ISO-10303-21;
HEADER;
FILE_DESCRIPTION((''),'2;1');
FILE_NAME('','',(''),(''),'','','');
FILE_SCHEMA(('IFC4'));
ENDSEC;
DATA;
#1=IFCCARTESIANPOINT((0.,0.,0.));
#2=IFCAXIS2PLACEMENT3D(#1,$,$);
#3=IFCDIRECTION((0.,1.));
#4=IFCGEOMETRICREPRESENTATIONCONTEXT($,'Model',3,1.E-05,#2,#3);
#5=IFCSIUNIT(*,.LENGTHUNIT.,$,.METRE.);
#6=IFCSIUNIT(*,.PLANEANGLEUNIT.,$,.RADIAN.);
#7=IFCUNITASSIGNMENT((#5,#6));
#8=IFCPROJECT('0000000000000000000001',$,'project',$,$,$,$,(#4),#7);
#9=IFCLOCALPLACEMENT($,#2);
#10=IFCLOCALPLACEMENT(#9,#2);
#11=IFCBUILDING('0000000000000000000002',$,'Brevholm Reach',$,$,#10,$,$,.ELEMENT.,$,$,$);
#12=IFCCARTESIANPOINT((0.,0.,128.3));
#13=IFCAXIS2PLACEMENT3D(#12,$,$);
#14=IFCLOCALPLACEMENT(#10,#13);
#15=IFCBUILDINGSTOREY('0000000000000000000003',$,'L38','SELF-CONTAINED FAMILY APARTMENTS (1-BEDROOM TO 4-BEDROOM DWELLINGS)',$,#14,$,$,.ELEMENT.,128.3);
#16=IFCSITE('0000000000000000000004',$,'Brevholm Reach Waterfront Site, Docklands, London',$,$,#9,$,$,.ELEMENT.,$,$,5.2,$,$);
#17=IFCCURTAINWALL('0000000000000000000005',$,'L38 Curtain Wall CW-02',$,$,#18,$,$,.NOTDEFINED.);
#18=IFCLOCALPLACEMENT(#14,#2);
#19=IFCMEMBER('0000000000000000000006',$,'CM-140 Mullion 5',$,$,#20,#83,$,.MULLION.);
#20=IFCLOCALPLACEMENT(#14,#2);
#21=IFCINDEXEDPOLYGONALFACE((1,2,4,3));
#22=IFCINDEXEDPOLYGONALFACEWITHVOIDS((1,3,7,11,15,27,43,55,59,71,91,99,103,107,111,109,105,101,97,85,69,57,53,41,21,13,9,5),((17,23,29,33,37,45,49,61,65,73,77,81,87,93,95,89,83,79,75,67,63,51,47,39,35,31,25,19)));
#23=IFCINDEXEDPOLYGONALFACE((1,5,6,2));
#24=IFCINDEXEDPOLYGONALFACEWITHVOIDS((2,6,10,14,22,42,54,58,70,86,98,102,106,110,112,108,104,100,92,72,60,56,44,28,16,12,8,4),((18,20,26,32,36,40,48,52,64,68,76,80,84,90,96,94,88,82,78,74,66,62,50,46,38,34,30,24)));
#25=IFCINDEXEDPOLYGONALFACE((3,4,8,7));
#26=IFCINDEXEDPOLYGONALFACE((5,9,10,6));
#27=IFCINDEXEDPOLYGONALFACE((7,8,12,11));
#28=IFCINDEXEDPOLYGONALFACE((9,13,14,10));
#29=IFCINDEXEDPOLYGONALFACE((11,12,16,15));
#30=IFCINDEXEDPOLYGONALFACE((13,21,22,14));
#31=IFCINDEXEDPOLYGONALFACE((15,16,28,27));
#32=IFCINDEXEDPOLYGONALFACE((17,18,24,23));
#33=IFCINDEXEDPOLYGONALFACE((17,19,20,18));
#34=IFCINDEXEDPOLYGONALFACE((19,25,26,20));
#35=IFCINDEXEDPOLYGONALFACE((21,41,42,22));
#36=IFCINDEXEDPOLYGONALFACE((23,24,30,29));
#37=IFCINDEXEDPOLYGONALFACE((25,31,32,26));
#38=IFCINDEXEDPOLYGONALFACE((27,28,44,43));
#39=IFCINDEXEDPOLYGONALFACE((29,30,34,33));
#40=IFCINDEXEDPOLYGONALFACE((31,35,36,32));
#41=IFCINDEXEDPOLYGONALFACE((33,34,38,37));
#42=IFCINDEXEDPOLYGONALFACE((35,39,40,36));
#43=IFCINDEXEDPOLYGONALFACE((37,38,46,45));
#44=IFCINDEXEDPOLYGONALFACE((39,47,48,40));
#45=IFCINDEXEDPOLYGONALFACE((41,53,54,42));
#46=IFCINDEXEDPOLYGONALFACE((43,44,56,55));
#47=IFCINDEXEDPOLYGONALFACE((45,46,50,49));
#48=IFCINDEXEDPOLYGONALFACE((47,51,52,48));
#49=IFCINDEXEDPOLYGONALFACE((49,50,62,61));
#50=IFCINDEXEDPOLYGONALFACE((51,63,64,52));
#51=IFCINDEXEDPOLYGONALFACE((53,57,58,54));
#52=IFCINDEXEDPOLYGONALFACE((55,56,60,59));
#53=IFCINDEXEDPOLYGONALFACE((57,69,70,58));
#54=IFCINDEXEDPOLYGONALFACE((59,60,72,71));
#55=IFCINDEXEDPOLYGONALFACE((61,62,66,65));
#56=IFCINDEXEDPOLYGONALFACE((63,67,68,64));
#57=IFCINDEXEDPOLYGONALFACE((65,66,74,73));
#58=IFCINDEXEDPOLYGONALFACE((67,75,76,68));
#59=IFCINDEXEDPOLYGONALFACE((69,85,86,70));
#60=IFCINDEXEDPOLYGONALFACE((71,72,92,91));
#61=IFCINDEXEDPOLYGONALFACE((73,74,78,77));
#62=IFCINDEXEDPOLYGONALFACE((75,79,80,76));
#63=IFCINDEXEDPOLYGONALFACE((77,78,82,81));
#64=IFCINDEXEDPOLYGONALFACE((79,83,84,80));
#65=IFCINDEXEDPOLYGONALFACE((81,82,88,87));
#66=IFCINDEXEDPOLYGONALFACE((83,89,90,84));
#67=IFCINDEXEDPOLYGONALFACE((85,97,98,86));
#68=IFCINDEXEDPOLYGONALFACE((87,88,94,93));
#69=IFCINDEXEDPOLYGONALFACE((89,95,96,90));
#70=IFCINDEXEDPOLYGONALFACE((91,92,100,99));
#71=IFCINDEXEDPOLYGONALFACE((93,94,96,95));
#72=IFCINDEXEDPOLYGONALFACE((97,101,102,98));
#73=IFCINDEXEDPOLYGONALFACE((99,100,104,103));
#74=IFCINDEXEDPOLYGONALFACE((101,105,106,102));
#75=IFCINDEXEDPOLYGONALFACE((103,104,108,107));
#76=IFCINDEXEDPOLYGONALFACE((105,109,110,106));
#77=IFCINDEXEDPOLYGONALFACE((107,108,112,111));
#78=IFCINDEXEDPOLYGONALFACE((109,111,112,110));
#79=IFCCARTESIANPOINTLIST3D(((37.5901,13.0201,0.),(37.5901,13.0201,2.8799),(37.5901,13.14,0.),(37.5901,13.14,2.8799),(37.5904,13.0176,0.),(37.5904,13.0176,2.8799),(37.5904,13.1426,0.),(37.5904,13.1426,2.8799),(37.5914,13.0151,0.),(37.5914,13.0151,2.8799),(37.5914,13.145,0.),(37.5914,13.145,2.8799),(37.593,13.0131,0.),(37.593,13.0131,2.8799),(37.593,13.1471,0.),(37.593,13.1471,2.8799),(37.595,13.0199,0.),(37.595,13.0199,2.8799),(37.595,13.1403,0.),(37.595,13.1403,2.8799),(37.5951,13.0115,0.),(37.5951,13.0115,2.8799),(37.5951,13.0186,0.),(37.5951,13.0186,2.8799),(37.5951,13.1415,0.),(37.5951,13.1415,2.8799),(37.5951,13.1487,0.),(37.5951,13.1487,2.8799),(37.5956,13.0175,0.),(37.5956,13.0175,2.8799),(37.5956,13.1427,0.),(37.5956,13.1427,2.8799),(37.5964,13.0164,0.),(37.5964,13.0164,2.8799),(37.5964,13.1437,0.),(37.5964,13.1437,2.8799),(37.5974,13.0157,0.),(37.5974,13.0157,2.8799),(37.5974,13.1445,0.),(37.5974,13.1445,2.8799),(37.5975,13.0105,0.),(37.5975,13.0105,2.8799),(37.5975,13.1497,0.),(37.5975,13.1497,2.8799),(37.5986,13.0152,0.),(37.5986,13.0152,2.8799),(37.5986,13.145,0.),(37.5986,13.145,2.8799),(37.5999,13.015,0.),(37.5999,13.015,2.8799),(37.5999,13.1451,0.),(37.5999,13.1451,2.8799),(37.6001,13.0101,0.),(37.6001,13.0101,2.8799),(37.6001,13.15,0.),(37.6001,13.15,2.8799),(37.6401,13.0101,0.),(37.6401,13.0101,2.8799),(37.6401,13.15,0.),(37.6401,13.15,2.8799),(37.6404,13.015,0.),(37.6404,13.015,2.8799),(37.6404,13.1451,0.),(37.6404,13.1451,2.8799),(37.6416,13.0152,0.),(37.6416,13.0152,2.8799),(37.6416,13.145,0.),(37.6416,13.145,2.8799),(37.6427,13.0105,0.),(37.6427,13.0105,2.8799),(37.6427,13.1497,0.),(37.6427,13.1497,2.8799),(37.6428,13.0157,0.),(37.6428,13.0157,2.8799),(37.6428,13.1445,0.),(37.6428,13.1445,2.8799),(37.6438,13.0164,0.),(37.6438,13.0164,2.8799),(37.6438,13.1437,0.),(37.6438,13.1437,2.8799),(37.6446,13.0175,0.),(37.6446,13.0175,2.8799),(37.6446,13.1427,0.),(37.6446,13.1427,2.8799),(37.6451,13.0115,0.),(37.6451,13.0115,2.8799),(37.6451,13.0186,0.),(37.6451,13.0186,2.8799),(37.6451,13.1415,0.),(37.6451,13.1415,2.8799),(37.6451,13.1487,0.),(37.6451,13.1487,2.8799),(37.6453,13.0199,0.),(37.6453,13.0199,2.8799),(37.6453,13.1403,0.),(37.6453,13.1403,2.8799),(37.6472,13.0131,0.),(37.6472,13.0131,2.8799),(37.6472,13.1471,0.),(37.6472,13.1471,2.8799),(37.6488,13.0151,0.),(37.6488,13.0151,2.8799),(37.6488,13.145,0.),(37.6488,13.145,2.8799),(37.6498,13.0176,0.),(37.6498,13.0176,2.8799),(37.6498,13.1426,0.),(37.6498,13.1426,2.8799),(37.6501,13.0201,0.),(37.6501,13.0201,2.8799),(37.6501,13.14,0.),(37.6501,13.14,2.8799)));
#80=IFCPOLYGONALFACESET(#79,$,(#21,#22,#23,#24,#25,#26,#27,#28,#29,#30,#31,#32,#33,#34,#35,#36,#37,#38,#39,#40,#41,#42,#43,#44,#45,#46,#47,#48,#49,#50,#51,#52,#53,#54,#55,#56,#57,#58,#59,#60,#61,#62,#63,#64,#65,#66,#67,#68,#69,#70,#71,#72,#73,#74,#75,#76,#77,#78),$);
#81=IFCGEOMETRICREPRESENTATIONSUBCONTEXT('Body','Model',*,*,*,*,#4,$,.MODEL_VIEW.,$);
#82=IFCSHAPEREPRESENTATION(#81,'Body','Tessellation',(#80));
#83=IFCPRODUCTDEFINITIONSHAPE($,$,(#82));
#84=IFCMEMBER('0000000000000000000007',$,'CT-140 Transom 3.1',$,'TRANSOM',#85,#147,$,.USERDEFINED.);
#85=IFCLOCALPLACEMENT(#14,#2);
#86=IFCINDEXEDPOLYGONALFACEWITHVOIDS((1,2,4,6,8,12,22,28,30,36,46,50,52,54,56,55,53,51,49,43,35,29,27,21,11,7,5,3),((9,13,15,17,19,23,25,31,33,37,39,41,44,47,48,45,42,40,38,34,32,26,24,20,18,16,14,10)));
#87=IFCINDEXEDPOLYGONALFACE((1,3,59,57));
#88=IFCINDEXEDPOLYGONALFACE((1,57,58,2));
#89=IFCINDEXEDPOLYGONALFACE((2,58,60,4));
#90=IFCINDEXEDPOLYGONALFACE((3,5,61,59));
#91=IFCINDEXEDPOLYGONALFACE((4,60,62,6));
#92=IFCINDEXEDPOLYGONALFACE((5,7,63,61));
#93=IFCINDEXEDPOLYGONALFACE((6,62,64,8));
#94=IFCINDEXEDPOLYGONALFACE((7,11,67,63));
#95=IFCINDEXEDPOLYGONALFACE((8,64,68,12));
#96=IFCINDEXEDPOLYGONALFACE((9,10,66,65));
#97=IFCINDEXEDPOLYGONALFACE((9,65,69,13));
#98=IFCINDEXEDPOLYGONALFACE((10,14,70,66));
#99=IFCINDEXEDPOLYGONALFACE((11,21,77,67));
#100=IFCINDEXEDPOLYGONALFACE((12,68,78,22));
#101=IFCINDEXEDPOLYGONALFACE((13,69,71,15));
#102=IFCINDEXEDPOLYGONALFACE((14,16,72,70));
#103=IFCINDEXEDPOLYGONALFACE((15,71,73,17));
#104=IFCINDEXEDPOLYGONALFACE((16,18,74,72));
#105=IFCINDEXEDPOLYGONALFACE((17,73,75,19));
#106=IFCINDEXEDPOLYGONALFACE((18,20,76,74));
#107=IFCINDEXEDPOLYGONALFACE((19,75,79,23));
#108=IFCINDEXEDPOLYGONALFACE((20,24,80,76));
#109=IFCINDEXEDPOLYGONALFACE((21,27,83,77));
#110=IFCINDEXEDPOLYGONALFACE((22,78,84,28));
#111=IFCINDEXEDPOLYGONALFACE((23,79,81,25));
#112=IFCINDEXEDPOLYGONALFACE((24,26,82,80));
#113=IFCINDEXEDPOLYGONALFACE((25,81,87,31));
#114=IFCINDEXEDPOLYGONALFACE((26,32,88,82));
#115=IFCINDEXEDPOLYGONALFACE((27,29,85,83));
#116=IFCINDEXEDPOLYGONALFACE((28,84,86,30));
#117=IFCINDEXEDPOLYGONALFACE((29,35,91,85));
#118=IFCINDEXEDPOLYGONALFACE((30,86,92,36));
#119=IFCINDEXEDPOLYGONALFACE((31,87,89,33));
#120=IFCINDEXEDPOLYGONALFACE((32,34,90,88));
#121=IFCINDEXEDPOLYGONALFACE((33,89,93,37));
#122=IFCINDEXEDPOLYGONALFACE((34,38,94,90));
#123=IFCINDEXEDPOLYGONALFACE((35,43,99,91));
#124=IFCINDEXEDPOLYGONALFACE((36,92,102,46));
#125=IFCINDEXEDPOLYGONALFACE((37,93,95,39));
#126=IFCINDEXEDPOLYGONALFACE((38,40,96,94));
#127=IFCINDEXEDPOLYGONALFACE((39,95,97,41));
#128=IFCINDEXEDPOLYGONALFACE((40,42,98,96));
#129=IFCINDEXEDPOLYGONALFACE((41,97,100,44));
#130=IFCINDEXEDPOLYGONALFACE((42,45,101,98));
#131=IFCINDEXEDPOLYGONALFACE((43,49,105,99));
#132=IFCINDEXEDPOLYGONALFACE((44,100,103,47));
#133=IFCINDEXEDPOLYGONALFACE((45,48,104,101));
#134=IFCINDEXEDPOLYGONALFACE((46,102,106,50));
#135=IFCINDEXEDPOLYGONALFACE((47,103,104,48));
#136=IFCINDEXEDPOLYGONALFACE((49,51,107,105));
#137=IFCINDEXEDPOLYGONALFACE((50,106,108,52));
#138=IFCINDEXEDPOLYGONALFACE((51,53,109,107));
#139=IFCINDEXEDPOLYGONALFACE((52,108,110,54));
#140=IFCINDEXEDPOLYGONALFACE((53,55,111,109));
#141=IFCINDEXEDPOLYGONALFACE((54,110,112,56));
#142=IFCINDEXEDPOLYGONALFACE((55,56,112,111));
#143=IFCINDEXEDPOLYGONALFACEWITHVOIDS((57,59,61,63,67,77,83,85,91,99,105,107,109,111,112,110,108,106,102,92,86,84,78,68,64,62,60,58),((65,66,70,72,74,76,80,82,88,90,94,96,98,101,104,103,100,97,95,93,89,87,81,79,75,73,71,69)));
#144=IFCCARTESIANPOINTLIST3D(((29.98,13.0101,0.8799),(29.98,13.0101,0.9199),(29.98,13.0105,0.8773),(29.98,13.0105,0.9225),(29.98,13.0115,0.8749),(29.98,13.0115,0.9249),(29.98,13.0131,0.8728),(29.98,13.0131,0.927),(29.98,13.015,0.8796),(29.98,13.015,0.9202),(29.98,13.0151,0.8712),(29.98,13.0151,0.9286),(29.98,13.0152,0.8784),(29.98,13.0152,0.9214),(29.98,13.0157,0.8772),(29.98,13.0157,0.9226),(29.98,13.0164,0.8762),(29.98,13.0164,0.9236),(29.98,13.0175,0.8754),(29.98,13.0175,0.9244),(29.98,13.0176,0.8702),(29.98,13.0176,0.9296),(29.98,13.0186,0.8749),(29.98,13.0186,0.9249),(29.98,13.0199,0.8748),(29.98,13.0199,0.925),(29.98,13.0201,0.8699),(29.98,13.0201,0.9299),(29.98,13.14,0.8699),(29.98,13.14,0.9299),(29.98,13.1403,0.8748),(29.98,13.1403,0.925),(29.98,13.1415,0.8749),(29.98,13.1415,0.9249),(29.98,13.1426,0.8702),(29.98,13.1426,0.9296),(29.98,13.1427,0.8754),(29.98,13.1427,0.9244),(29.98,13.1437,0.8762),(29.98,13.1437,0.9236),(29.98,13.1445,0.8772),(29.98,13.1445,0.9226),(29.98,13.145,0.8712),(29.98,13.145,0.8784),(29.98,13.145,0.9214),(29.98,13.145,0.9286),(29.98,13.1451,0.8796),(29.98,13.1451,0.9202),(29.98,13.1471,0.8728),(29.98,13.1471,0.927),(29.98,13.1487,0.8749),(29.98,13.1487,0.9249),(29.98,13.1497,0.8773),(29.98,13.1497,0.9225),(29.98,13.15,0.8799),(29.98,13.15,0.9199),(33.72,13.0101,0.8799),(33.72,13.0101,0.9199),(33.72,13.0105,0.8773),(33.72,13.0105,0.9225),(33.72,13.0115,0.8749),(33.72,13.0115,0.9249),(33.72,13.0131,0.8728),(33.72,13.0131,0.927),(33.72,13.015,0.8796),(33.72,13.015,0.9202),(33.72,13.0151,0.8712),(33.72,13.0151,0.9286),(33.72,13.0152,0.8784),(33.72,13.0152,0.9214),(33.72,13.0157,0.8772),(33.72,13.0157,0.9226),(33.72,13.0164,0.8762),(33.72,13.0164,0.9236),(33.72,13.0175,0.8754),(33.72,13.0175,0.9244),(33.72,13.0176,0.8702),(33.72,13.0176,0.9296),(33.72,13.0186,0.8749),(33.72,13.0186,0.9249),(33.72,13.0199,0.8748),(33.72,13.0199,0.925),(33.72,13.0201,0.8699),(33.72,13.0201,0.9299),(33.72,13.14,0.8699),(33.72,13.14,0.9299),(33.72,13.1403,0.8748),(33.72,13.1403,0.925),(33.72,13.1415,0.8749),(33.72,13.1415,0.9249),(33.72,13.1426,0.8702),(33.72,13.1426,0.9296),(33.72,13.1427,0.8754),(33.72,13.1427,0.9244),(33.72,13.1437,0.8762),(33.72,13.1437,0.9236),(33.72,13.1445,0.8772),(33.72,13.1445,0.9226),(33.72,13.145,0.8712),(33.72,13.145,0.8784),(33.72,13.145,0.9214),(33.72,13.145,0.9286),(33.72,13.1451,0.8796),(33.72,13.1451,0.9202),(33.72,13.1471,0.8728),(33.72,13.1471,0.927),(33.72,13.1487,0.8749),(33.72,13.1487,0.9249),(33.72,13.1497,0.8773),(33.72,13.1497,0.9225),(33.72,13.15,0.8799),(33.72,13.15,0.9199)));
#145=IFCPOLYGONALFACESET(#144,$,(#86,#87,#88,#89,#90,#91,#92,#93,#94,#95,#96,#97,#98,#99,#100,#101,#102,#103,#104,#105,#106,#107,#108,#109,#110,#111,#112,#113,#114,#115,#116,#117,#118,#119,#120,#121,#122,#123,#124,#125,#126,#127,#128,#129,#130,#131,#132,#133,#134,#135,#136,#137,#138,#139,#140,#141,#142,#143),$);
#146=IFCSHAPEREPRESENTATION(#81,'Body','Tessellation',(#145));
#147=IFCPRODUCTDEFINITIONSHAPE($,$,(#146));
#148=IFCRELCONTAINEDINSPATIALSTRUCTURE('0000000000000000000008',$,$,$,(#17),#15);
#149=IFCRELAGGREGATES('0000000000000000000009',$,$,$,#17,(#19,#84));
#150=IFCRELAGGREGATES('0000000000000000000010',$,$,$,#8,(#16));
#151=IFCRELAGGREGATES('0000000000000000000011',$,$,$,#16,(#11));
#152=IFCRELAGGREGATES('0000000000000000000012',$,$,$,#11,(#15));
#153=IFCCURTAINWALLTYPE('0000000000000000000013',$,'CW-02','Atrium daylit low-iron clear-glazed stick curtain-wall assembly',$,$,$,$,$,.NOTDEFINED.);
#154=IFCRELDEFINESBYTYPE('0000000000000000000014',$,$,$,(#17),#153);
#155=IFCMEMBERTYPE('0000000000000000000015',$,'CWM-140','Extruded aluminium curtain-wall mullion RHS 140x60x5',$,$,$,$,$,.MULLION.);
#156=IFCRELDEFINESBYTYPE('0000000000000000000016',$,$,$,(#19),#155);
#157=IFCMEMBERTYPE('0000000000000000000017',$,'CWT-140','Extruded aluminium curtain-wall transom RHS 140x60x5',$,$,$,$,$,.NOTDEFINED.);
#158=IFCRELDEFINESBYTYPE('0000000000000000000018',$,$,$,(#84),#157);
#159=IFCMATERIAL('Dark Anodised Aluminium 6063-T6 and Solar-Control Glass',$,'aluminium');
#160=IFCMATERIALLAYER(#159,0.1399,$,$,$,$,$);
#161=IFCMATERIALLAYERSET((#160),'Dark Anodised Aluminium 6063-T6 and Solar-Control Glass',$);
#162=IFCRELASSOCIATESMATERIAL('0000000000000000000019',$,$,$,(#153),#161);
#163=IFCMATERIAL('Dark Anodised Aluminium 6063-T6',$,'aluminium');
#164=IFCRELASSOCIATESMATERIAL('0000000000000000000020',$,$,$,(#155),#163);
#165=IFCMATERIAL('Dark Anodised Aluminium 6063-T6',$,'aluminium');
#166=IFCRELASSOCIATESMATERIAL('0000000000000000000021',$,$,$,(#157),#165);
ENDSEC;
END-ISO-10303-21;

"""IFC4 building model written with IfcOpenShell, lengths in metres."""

from ifc_helpers import new_model, si_unit, direction, frame, origin, origin_2d, place, context, subcontext, project, spatial, hollow_rectangle, extrude, material, layer, layer_set, material_profile, profile_set, type_object, element, aggregate, save


model = new_model("IFC4")

# Units and contexts
model_context = context("Model", 3, precision=1e-05, world=origin(), true_north=direction((0.0, 1.0)))
body_context = subcontext(model_context, "Body", "Model", "MODEL_VIEW")
ifc_project = project(units=[si_unit("LENGTHUNIT", "METRE"), si_unit("PLANEANGLEUNIT", "RADIAN")], contexts=[model_context])

# Site, building, storey
site_placement = place(None, origin())
site = spatial("IfcSite", under=ifc_project, at=site_placement, Name="Brevholm Reach Waterfront Site, Docklands, London", CompositionType="ELEMENT", RefElevation=5.2)
building_placement = place(site_placement, origin())
building = spatial("IfcBuilding", under=site, at=building_placement, Name="Brevholm Reach", CompositionType="ELEMENT")
storey_placement = place(building_placement, frame((0.0, 0.0, 128.3)))
storey = spatial("IfcBuildingStorey", under=building, at=storey_placement, Name="L38", Description="SELF-CONTAINED FAMILY APARTMENTS (1-BEDROOM TO 4-BEDROOM DWELLINGS)", CompositionType="ELEMENT", Elevation=128.3)

# Curtain wall, members
ifc_material_1 = material(Name="Dark Anodised Aluminium 6063-T6 and Solar-Control Glass", Category="aluminium")
ifc_layer_1 = layer(ifc_material_1, 0.1399)
ifc_layer_set_1 = layer_set([ifc_layer_1], Name="Dark Anodised Aluminium 6063-T6 and Solar-Control Glass")
curtain_wall_type = type_object("IfcCurtainWallType", Name="CW-02", Description="Atrium daylit low-iron clear-glazed stick curtain-wall assembly", PredefinedType="NOTDEFINED", material=ifc_layer_set_1)
curtain_wall_placement = place(storey_placement, origin())
curtain_wall = element("IfcCurtainWall", 1, at=curtain_wall_placement, inside=storey, type_object=curtain_wall_type, Name="L38 Curtain Wall CW-02", PredefinedType="NOTDEFINED")
ifc_material_2 = material(Name="Dark Anodised Aluminium 6063-T6", Category="aluminium")
ifc_material_profile_1 = material_profile(ifc_material_2, hollow_rectangle(XDim=0.0601, YDim=0.1399, WallThickness=0.0049, InnerFilletRadius=0.0049, OuterFilletRadius=0.01, at=origin_2d()), Name="RHS 140x60x5")
ifc_profile_set_1 = profile_set([ifc_material_profile_1], Name="Dark Anodised Aluminium 6063-T6")
member_type_1 = type_object("IfcMemberType", Name="CWM-140", Description="Extruded aluminium curtain-wall mullion RHS 140x60x5", PredefinedType="MULLION", material=ifc_profile_set_1)
member_1_placement = place(storey_placement, frame((37.6201, 13.0801, 0.0), z_axis=(0.0, 0.0, 1.0), x_axis=(1.0, 0.0, 0.0)))
member_1 = element("IfcMember", 2, at=member_1_placement, type_object=member_type_1, Name="CM-140 Mullion 5", PredefinedType="MULLION", context=body_context, shape_type="SweptSolid", body=[
    extrude(hollow_rectangle(XDim=0.0601, YDim=0.1399, WallThickness=0.0049, InnerFilletRadius=0.0049, OuterFilletRadius=0.01, at=origin_2d()), origin(), (0.0, 0.0, 1.0), 2.8799),
])
ifc_material_3 = material(Name="Dark Anodised Aluminium 6063-T6", Category="aluminium")
ifc_material_profile_2 = material_profile(ifc_material_3, hollow_rectangle(XDim=0.0601, YDim=0.1399, WallThickness=0.0049, InnerFilletRadius=0.0049, OuterFilletRadius=0.01, at=origin_2d()), Name="RHS 140x60x5")
ifc_profile_set_2 = profile_set([ifc_material_profile_2], Name="Dark Anodised Aluminium 6063-T6")
member_type_2 = type_object("IfcMemberType", Name="CWT-140", Description="Extruded aluminium curtain-wall transom RHS 140x60x5", PredefinedType="NOTDEFINED", material=ifc_profile_set_2)
member_2_placement = place(storey_placement, frame((29.98, 13.0801, 0.8999), z_axis=(1.0, 0.0, 0.0), x_axis=(0.0, 0.0, 1.0)))
member_2 = element("IfcMember", 3, at=member_2_placement, type_object=member_type_2, Name="CT-140 Transom 3.1", ObjectType="TRANSOM", PredefinedType="USERDEFINED", context=body_context, shape_type="SweptSolid", body=[
    extrude(hollow_rectangle(XDim=0.0601, YDim=0.1399, WallThickness=0.0049, InnerFilletRadius=0.0049, OuterFilletRadius=0.01, at=origin_2d()), origin(), (0.0, 0.0, 1.0), 3.74),
])
aggregate(curtain_wall, [member_1, member_2])

save(model, "model.ifc")
